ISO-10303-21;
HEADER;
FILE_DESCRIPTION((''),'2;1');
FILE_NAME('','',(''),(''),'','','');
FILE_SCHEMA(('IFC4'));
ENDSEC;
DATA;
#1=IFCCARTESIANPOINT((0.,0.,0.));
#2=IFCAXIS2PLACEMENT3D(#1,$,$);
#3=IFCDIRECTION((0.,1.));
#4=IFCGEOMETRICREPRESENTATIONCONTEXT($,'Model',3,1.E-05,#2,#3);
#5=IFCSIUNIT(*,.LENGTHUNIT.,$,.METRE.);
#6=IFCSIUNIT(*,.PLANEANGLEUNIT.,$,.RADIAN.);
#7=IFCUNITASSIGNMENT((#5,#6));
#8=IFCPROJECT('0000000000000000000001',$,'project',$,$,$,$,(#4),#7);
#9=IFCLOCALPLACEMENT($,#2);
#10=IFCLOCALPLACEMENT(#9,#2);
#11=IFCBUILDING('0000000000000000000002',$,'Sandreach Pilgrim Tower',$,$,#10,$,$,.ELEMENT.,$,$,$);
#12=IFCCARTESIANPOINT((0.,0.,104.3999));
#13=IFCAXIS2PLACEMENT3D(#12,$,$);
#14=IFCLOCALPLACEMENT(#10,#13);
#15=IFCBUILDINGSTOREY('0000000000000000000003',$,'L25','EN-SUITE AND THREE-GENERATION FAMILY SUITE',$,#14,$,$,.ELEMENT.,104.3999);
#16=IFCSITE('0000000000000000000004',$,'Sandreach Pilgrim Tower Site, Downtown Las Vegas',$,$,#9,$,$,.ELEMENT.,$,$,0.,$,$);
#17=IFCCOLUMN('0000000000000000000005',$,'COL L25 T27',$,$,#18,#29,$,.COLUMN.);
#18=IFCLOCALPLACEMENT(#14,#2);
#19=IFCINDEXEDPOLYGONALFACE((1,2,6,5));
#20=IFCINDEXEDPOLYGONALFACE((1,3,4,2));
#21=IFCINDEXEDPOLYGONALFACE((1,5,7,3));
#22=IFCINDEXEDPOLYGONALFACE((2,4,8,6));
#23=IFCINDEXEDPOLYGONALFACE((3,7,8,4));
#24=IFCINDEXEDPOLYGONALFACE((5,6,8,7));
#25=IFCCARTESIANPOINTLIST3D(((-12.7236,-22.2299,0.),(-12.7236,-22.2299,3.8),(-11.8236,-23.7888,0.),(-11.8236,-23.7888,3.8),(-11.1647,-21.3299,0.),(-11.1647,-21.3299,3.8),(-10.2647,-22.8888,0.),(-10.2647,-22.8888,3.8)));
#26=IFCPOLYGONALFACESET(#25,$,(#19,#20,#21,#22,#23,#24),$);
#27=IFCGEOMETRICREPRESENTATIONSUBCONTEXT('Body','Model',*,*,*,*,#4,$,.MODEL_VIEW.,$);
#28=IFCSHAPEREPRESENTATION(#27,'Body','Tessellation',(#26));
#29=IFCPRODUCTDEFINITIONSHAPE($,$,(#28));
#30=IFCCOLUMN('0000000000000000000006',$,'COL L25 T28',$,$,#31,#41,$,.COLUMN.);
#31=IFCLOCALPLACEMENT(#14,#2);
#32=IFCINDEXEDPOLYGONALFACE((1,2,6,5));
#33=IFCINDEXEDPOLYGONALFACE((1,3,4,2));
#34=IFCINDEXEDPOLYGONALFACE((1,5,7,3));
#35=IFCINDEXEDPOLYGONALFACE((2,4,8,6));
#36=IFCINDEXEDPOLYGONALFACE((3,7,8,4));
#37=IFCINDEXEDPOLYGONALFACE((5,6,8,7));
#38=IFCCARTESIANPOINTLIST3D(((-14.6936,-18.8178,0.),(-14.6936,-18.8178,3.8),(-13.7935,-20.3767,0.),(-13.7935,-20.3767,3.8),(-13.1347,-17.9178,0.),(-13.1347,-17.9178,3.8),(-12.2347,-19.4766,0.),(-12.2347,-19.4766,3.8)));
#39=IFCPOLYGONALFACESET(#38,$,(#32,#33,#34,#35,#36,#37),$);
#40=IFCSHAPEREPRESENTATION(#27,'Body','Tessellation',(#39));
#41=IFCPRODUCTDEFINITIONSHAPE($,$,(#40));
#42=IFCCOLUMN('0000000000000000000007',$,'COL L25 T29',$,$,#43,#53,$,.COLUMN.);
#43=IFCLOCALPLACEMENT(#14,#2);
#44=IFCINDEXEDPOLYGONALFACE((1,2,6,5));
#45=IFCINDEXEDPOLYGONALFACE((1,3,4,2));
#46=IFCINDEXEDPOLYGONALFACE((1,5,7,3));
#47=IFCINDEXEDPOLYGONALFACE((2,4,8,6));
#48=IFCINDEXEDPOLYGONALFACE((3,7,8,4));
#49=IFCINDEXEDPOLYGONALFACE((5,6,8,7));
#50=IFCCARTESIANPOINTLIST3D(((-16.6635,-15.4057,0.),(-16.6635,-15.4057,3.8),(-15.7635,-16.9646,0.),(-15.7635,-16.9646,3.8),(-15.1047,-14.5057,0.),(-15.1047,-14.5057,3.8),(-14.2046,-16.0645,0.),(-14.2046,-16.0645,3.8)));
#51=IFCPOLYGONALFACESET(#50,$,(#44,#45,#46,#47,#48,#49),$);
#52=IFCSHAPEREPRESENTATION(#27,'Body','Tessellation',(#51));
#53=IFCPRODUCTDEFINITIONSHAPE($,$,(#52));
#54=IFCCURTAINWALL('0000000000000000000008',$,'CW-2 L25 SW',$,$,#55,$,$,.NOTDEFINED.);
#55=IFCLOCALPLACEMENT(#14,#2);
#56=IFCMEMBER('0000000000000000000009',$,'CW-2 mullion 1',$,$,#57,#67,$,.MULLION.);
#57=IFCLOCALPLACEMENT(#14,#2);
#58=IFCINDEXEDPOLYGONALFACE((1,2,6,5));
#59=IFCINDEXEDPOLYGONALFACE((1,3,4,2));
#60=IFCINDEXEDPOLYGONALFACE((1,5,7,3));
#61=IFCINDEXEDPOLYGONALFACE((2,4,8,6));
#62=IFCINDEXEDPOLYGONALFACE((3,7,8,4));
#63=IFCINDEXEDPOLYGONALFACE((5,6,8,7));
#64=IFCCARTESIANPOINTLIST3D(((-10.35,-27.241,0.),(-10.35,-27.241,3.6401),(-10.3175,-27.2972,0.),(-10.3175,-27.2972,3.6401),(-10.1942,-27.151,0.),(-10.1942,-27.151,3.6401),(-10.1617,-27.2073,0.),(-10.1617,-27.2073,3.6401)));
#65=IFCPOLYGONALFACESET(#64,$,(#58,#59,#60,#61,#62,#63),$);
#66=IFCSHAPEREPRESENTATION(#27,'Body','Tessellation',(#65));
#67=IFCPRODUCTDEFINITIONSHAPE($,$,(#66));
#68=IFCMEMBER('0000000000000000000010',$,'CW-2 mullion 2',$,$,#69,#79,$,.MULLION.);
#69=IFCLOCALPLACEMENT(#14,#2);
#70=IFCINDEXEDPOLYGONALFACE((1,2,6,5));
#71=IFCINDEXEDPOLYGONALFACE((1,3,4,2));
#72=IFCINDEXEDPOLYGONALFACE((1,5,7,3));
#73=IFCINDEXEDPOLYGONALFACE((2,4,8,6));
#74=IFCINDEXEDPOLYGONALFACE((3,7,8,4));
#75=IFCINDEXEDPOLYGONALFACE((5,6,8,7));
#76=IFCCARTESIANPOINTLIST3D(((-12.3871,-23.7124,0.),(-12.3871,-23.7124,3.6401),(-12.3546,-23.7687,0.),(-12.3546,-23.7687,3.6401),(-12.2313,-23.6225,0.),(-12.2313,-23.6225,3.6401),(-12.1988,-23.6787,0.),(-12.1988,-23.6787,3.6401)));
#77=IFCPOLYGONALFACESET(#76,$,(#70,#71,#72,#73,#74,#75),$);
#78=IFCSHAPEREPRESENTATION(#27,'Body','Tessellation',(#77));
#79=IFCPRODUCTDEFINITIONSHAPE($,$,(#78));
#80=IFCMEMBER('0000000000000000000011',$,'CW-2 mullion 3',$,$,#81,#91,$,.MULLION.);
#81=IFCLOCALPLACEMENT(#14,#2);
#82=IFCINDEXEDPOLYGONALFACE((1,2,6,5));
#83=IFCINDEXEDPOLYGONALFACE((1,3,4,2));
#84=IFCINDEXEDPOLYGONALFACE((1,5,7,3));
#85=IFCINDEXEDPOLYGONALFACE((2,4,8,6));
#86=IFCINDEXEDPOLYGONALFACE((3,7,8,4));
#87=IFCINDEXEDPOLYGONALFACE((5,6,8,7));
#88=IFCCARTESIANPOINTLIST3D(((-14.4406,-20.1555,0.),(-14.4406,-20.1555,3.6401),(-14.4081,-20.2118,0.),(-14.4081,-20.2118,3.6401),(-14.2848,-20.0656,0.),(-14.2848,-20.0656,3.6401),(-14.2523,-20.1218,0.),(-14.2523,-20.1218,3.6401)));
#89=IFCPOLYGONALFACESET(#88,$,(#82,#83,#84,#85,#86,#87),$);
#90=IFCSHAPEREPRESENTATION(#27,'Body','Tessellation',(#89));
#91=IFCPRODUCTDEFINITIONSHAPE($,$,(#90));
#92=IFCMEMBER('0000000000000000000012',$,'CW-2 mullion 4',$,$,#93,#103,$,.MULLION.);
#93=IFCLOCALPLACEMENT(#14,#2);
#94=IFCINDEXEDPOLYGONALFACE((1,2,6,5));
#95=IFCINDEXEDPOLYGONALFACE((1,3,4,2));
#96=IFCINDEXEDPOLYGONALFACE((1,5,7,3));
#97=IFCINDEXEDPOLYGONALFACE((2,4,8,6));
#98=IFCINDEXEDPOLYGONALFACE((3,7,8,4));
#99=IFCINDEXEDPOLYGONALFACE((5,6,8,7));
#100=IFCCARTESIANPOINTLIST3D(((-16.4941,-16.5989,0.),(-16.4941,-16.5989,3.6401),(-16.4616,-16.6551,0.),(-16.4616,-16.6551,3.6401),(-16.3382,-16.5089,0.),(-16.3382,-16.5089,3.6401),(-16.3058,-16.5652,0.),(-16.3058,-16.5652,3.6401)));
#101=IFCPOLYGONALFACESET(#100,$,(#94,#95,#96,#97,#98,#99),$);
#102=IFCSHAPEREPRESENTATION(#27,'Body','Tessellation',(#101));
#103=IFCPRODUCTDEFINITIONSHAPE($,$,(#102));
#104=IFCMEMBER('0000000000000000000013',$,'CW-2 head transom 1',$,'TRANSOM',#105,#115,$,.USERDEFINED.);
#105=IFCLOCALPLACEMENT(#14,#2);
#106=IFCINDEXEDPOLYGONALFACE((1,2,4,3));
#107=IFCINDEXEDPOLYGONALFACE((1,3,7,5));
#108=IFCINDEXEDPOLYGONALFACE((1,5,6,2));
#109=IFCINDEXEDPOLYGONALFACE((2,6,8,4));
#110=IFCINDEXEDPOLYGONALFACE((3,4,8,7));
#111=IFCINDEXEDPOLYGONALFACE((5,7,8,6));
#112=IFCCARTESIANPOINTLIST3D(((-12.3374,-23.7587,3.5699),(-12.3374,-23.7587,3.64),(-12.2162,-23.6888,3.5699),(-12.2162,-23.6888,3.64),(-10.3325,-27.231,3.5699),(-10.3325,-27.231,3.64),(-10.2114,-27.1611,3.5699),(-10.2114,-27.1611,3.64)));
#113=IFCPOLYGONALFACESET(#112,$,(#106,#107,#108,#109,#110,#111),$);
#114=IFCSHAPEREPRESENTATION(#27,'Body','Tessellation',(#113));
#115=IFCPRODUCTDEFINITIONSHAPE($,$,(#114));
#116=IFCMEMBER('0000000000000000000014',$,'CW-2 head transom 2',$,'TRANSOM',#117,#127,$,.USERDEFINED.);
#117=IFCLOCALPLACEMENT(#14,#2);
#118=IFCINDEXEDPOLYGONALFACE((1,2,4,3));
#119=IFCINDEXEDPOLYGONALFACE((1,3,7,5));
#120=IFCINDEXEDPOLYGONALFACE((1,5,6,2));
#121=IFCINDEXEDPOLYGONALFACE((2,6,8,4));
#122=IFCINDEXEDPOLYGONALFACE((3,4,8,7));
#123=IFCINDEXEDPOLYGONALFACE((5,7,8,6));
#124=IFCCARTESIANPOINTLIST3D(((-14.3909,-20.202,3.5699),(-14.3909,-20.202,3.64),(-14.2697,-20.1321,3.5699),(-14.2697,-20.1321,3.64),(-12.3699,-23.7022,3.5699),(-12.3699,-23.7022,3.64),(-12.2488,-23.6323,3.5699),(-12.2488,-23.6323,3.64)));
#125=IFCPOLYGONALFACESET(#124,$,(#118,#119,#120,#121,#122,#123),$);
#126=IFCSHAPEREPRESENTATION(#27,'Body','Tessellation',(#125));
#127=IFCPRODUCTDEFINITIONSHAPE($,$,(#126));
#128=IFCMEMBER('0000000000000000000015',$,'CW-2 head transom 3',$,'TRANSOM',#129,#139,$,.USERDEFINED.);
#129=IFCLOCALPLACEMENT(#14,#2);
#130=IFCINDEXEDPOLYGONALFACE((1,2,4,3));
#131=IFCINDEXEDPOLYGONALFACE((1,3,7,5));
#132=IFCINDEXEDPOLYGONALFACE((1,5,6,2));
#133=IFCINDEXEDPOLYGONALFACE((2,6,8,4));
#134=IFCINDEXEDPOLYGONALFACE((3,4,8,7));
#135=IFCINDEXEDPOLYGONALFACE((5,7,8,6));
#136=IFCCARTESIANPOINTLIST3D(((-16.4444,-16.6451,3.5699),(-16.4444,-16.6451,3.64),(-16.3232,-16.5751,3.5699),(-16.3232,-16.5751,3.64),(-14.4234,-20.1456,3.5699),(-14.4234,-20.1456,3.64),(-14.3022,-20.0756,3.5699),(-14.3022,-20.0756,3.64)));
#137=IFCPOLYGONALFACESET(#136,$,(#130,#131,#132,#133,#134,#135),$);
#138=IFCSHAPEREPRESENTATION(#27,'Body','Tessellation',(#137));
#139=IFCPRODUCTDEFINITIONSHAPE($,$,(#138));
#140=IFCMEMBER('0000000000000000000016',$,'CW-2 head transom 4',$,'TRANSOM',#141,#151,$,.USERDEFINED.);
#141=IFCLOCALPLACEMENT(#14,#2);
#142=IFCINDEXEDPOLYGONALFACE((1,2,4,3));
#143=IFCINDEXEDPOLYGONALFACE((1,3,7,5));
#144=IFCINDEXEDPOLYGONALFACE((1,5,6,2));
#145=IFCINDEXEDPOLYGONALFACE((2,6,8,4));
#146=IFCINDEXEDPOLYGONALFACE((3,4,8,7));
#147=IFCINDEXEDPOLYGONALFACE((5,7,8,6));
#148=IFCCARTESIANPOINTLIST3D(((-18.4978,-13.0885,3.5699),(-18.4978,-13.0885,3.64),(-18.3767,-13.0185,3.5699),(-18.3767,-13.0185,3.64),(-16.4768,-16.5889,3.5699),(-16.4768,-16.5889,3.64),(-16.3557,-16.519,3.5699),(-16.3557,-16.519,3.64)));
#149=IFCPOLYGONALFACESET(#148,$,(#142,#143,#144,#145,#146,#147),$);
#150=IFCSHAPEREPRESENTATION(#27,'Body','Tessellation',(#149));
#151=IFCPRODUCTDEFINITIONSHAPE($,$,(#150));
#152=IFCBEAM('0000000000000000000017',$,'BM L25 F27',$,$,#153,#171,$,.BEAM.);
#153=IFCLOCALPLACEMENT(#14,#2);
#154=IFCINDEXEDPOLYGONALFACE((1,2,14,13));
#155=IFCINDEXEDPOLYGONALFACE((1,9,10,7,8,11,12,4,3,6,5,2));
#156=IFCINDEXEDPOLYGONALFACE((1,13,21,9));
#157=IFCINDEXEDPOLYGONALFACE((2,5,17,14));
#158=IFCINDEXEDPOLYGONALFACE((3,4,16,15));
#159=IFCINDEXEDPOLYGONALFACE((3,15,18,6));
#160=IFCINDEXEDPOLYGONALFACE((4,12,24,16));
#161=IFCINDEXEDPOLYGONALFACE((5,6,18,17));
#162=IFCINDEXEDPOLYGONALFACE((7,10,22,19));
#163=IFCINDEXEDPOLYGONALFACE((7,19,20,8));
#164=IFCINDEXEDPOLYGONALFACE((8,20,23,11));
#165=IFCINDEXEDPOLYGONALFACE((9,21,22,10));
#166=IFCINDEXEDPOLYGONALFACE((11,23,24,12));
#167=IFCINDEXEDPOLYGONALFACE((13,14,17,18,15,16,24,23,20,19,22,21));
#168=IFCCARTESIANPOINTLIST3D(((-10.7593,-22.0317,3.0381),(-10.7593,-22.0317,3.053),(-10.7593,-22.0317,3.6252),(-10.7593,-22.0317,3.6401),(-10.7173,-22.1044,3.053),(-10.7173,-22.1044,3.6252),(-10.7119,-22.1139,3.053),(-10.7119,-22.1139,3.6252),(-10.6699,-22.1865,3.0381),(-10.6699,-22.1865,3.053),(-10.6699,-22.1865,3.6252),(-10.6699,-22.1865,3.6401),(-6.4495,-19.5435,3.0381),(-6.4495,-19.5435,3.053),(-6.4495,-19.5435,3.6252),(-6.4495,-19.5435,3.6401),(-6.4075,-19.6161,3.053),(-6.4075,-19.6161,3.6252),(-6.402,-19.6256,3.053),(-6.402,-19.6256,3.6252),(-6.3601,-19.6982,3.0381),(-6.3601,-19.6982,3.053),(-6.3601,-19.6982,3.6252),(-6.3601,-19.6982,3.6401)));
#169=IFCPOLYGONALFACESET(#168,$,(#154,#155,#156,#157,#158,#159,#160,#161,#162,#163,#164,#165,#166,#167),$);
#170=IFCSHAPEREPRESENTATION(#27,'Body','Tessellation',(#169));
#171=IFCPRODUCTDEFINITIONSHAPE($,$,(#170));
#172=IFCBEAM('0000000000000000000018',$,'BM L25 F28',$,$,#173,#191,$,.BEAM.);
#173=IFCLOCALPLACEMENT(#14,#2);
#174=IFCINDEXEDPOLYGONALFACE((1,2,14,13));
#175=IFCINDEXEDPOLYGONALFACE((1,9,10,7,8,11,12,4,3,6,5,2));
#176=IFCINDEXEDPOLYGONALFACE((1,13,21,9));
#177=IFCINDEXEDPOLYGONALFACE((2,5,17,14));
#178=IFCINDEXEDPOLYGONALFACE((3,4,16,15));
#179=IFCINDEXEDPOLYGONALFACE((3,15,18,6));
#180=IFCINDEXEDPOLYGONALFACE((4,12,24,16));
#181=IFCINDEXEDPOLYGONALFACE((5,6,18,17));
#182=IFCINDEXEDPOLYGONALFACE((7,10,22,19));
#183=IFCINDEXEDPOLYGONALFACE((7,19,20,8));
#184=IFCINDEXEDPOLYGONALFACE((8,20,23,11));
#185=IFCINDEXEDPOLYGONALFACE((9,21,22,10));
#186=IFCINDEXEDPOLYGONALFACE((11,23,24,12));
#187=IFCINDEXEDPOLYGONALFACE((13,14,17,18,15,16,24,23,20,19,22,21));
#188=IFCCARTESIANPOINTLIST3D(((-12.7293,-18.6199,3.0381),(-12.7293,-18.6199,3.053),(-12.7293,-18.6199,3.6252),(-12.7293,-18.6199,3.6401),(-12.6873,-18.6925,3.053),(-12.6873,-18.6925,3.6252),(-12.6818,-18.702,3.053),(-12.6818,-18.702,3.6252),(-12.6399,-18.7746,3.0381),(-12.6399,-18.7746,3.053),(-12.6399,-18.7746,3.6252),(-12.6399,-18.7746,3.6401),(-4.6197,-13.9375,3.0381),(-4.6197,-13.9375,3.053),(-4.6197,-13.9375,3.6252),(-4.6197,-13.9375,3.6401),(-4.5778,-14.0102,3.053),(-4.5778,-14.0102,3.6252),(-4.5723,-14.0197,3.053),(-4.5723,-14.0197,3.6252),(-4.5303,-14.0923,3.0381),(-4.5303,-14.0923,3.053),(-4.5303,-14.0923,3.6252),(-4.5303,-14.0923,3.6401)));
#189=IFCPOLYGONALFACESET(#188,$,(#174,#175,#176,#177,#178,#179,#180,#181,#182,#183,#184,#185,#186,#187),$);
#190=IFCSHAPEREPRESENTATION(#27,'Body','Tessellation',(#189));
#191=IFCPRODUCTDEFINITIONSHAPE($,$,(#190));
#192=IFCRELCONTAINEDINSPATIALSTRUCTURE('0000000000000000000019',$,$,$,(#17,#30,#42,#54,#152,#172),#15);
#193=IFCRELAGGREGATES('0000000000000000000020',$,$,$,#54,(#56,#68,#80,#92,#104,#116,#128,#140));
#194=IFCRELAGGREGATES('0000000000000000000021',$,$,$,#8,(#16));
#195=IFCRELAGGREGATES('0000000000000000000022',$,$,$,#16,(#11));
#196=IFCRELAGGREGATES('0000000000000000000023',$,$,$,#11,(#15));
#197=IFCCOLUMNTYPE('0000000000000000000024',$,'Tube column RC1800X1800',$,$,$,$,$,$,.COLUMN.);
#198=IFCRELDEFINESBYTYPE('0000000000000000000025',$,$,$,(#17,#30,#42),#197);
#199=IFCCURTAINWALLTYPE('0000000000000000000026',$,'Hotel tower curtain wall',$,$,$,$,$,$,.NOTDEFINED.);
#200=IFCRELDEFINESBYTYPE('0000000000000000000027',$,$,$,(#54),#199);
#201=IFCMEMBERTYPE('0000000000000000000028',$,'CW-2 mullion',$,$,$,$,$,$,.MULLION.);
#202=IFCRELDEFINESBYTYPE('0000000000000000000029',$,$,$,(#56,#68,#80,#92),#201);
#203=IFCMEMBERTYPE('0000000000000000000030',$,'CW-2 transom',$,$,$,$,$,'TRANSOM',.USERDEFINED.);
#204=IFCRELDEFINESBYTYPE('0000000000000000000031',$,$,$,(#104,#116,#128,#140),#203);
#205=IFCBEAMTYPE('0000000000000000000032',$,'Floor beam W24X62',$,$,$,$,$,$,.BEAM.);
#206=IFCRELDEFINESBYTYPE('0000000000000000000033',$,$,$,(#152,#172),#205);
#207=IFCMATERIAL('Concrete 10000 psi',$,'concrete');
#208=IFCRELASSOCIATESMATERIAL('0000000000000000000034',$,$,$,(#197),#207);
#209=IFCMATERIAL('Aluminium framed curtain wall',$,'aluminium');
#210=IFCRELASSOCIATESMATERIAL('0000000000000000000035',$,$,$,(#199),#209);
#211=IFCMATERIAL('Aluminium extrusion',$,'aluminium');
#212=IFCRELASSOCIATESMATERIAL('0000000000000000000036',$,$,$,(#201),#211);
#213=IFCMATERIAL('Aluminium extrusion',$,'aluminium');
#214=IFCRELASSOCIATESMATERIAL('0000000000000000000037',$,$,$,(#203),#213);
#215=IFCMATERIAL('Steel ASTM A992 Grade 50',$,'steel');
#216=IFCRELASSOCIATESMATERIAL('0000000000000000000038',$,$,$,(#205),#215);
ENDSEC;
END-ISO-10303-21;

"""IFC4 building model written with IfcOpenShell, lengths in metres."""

from ifc_helpers import new_model, si_unit, direction, frame, origin, origin_2d, place, context, subcontext, project, spatial, rectangle, i_section, extrude, material, material_profile, profile_set, type_object, element, aggregate, save


model = new_model("IFC4")

# Units and contexts
model_context = context("Model", 3, precision=1e-05, world=origin(), true_north=direction((0.0, 1.0)))
body_context = subcontext(model_context, "Body", "Model", "MODEL_VIEW")
ifc_project = project(units=[si_unit("LENGTHUNIT", "METRE"), si_unit("PLANEANGLEUNIT", "RADIAN")], contexts=[model_context])

# Site, building, storey
site_placement = place(None, origin())
site = spatial("IfcSite", under=ifc_project, at=site_placement, Name="Sandreach Pilgrim Tower Site, Downtown Las Vegas", CompositionType="ELEMENT", RefElevation=0.0)
building_placement = place(site_placement, origin())
building = spatial("IfcBuilding", under=site, at=building_placement, Name="Sandreach Pilgrim Tower", CompositionType="ELEMENT")
storey_placement = place(building_placement, frame((0.0, 0.0, 104.3999)))
storey = spatial("IfcBuildingStorey", under=building, at=storey_placement, Name="L25", Description="EN-SUITE AND THREE-GENERATION FAMILY SUITE", CompositionType="ELEMENT", Elevation=104.3999)

# Columns
ifc_material_1 = material(Name="Concrete 10000 psi", Category="concrete")
ifc_material_profile_1 = material_profile(ifc_material_1, rectangle(XDim=1.8, YDim=1.8, at=origin_2d()), Name="RC1800X1800")
ifc_profile_set_1 = profile_set([ifc_material_profile_1], Name="Concrete 10000 psi")
column_type = type_object("IfcColumnType", Name="Tube column RC1800X1800", PredefinedType="COLUMN", material=ifc_profile_set_1)
for number, where, z_axis, x_axis, name in (
    (1, (-11.4941, -22.5593, 0.0), (0.0, 0.0, 1.0), (-0.866025, -0.5, 0.0), "COL L25 T27"),
    (2, (-13.4641, -19.1472, 0.0), (0.0, 0.0, 1.0), (-0.866025, -0.5, 0.0), "COL L25 T28"),
    (3, (-15.4341, -15.7351, 0.0), (0.0, 0.0, 1.0), (-0.866025, -0.5, 0.0), "COL L25 T29"),
):
    element("IfcColumn", number, at=place(storey_placement, frame(where, z_axis=z_axis, x_axis=x_axis)), inside=storey, type_object=column_type, Name=name, PredefinedType="COLUMN", context=body_context, shape_type="SweptSolid", body=[
        extrude(rectangle(XDim=1.8, YDim=1.8, at=origin_2d()), origin(), (0.0, 0.0, 1.0), 3.8),
    ])

# Curtain wall, members
ifc_material_2 = material(Name="Aluminium framed curtain wall", Category="aluminium")
curtain_wall_type = type_object("IfcCurtainWallType", Name="Hotel tower curtain wall", PredefinedType="NOTDEFINED", material=ifc_material_2)
curtain_wall_placement = place(storey_placement, origin())
curtain_wall = element("IfcCurtainWall", 4, at=curtain_wall_placement, inside=storey, type_object=curtain_wall_type, Name="CW-2 L25 SW", PredefinedType="NOTDEFINED")
ifc_material_3 = material(Name="Aluminium extrusion", Category="aluminium")
ifc_material_profile_2 = material_profile(ifc_material_3, rectangle(XDim=0.0649, YDim=0.1799, at=origin_2d()), Name="CW-2M 65X180")
ifc_profile_set_2 = profile_set([ifc_material_profile_2], Name="Aluminium extrusion")
member_type_1 = type_object("IfcMemberType", Name="CW-2 mullion", PredefinedType="MULLION", material=ifc_profile_set_2)
member_1_placement = place(storey_placement, frame((-10.2559, -27.2241, 0.0), z_axis=(0.0, 0.0, 1.0), x_axis=(-0.5, 0.866025, 0.0)))
member_1 = element("IfcMember", 5, at=member_1_placement, type_object=member_type_1, Name="CW-2 mullion 1", PredefinedType="MULLION", context=body_context, shape_type="SweptSolid", body=[
    extrude(rectangle(XDim=0.0649, YDim=0.1799, at=origin_2d()), origin(), (0.0, 0.0, 1.0), 3.6401),
])
member_2_placement = place(storey_placement, frame((-12.293, -23.6956, 0.0), z_axis=(0.0, 0.0, 1.0), x_axis=(-0.5, 0.866025, 0.0)))
member_2 = element("IfcMember", 6, at=member_2_placement, type_object=member_type_1, Name="CW-2 mullion 2", PredefinedType="MULLION", context=body_context, shape_type="SweptSolid", body=[
    extrude(rectangle(XDim=0.0649, YDim=0.1799, at=origin_2d()), origin(), (0.0, 0.0, 1.0), 3.6401),
])
member_3_placement = place(storey_placement, frame((-14.3464, -20.1387, 0.0), z_axis=(0.0, 0.0, 1.0), x_axis=(-0.5, 0.866025, 0.0)))
member_3 = element("IfcMember", 7, at=member_3_placement, type_object=member_type_1, Name="CW-2 mullion 3", PredefinedType="MULLION", context=body_context, shape_type="SweptSolid", body=[
    extrude(rectangle(XDim=0.0649, YDim=0.1799, at=origin_2d()), origin(), (0.0, 0.0, 1.0), 3.6401),
])
member_4_placement = place(storey_placement, frame((-16.3999, -16.582, 0.0), z_axis=(0.0, 0.0, 1.0), x_axis=(-0.5, 0.866025, 0.0)))
member_4 = element("IfcMember", 8, at=member_4_placement, type_object=member_type_1, Name="CW-2 mullion 4", PredefinedType="MULLION", context=body_context, shape_type="SweptSolid", body=[
    extrude(rectangle(XDim=0.0649, YDim=0.1799, at=origin_2d()), origin(), (0.0, 0.0, 1.0), 3.6401),
])
ifc_material_4 = material(Name="Aluminium extrusion", Category="aluminium")
ifc_material_profile_3 = material_profile(ifc_material_4, rectangle(XDim=0.1399, YDim=0.0701, at=origin_2d()), Name="CW-2T 140X70")
ifc_profile_set_3 = profile_set([ifc_material_profile_3], Name="Aluminium extrusion")
member_type_2 = type_object("IfcMemberType", Name="CW-2 transom", ElementType="TRANSOM", PredefinedType="USERDEFINED", material=ifc_profile_set_3)
member_5_placement = place(storey_placement, frame((-10.272, -27.196, 3.605), z_axis=(-0.500016, 0.866016, 0.0), x_axis=(-0.866016, -0.500016, 0.0)))
member_5 = element("IfcMember", 9, at=member_5_placement, type_object=member_type_2, Name="CW-2 head transom 1", ObjectType="TRANSOM", PredefinedType="USERDEFINED", context=body_context, shape_type="SweptSolid", body=[
    extrude(rectangle(XDim=0.1399, YDim=0.0701, at=origin_2d()), origin(), (0.0, 0.0, 1.0), 4.0095),
])
member_6_placement = place(storey_placement, frame((-12.3093, -23.6672, 3.605), z_axis=(-0.500024, 0.866012, 0.0), x_axis=(-0.866012, -0.500024, 0.0)))
member_6 = element("IfcMember", 10, at=member_6_placement, type_object=member_type_2, Name="CW-2 head transom 2", ObjectType="TRANSOM", PredefinedType="USERDEFINED", context=body_context, shape_type="SweptSolid", body=[
    extrude(rectangle(XDim=0.1399, YDim=0.0701, at=origin_2d()), origin(), (0.0, 0.0, 1.0), 4.0417),
])
member_7_placement = place(storey_placement, frame((-14.3628, -20.1106, 3.605), z_axis=(-0.499998, 0.866027, 0.0), x_axis=(-0.866027, -0.499998, 0.0)))
member_7 = element("IfcMember", 11, at=member_7_placement, type_object=member_type_2, Name="CW-2 head transom 3", ObjectType="TRANSOM", PredefinedType="USERDEFINED", context=body_context, shape_type="SweptSolid", body=[
    extrude(rectangle(XDim=0.1399, YDim=0.0701, at=origin_2d()), origin(), (0.0, 0.0, 1.0), 4.042),
])
member_8_placement = place(storey_placement, frame((-16.4163, -16.554, 3.605), z_axis=(-0.499998, 0.866027, 0.0), x_axis=(-0.866027, -0.499998, 0.0)))
member_8 = element("IfcMember", 12, at=member_8_placement, type_object=member_type_2, Name="CW-2 head transom 4", ObjectType="TRANSOM", PredefinedType="USERDEFINED", context=body_context, shape_type="SweptSolid", body=[
    extrude(rectangle(XDim=0.1399, YDim=0.0701, at=origin_2d()), origin(), (0.0, 0.0, 1.0), 4.042),
])

# Beams
ifc_material_5 = material(Name="Steel ASTM A992 Grade 50", Category="steel")
ifc_material_profile_4 = material_profile(ifc_material_5, i_section(OverallWidth=0.1787, OverallDepth=0.6021, WebThickness=0.011, FlangeThickness=0.0149, at=origin_2d()), Name="W24X62")
ifc_profile_set_4 = profile_set([ifc_material_profile_4], Name="Steel ASTM A992 Grade 50")
beam_type_1 = type_object("IfcBeamType", Name="Floor beam W24X62", PredefinedType="BEAM", material=ifc_profile_set_4)
beam_1_placement = place(storey_placement, frame((-10.7146, -22.1091, 3.3391), z_axis=(0.866025, 0.500001, 0.0), x_axis=(-0.500001, 0.866025, 0.0)))
element("IfcBeam", 13, at=beam_1_placement, inside=storey, type_object=beam_type_1, Name="BM L25 F27", PredefinedType="BEAM", context=body_context, shape_type="SweptSolid", body=[
    extrude(i_section(OverallWidth=0.1787, OverallDepth=0.6021, WebThickness=0.011, FlangeThickness=0.0149, at=origin_2d()), origin(), (0.0, 0.0, 1.0), 4.9766),
])
beam_2_placement = place(storey_placement, frame((-12.6846, -18.6973, 3.3391), z_axis=(0.866012, 0.500023, 0.0), x_axis=(-0.500023, 0.866012, 0.0)))
element("IfcBeam", 14, at=beam_2_placement, inside=storey, type_object=beam_type_1, Name="BM L25 F28", PredefinedType="BEAM", context=body_context, shape_type="SweptSolid", body=[
    extrude(i_section(OverallWidth=0.1787, OverallDepth=0.6021, WebThickness=0.011, FlangeThickness=0.0149, at=origin_2d()), origin(), (0.0, 0.0, 1.0), 9.3643),
])

aggregate(curtain_wall, [member_1, member_2, member_3, member_4, member_5, member_6, member_7, member_8])

save(model, "model.ifc")
